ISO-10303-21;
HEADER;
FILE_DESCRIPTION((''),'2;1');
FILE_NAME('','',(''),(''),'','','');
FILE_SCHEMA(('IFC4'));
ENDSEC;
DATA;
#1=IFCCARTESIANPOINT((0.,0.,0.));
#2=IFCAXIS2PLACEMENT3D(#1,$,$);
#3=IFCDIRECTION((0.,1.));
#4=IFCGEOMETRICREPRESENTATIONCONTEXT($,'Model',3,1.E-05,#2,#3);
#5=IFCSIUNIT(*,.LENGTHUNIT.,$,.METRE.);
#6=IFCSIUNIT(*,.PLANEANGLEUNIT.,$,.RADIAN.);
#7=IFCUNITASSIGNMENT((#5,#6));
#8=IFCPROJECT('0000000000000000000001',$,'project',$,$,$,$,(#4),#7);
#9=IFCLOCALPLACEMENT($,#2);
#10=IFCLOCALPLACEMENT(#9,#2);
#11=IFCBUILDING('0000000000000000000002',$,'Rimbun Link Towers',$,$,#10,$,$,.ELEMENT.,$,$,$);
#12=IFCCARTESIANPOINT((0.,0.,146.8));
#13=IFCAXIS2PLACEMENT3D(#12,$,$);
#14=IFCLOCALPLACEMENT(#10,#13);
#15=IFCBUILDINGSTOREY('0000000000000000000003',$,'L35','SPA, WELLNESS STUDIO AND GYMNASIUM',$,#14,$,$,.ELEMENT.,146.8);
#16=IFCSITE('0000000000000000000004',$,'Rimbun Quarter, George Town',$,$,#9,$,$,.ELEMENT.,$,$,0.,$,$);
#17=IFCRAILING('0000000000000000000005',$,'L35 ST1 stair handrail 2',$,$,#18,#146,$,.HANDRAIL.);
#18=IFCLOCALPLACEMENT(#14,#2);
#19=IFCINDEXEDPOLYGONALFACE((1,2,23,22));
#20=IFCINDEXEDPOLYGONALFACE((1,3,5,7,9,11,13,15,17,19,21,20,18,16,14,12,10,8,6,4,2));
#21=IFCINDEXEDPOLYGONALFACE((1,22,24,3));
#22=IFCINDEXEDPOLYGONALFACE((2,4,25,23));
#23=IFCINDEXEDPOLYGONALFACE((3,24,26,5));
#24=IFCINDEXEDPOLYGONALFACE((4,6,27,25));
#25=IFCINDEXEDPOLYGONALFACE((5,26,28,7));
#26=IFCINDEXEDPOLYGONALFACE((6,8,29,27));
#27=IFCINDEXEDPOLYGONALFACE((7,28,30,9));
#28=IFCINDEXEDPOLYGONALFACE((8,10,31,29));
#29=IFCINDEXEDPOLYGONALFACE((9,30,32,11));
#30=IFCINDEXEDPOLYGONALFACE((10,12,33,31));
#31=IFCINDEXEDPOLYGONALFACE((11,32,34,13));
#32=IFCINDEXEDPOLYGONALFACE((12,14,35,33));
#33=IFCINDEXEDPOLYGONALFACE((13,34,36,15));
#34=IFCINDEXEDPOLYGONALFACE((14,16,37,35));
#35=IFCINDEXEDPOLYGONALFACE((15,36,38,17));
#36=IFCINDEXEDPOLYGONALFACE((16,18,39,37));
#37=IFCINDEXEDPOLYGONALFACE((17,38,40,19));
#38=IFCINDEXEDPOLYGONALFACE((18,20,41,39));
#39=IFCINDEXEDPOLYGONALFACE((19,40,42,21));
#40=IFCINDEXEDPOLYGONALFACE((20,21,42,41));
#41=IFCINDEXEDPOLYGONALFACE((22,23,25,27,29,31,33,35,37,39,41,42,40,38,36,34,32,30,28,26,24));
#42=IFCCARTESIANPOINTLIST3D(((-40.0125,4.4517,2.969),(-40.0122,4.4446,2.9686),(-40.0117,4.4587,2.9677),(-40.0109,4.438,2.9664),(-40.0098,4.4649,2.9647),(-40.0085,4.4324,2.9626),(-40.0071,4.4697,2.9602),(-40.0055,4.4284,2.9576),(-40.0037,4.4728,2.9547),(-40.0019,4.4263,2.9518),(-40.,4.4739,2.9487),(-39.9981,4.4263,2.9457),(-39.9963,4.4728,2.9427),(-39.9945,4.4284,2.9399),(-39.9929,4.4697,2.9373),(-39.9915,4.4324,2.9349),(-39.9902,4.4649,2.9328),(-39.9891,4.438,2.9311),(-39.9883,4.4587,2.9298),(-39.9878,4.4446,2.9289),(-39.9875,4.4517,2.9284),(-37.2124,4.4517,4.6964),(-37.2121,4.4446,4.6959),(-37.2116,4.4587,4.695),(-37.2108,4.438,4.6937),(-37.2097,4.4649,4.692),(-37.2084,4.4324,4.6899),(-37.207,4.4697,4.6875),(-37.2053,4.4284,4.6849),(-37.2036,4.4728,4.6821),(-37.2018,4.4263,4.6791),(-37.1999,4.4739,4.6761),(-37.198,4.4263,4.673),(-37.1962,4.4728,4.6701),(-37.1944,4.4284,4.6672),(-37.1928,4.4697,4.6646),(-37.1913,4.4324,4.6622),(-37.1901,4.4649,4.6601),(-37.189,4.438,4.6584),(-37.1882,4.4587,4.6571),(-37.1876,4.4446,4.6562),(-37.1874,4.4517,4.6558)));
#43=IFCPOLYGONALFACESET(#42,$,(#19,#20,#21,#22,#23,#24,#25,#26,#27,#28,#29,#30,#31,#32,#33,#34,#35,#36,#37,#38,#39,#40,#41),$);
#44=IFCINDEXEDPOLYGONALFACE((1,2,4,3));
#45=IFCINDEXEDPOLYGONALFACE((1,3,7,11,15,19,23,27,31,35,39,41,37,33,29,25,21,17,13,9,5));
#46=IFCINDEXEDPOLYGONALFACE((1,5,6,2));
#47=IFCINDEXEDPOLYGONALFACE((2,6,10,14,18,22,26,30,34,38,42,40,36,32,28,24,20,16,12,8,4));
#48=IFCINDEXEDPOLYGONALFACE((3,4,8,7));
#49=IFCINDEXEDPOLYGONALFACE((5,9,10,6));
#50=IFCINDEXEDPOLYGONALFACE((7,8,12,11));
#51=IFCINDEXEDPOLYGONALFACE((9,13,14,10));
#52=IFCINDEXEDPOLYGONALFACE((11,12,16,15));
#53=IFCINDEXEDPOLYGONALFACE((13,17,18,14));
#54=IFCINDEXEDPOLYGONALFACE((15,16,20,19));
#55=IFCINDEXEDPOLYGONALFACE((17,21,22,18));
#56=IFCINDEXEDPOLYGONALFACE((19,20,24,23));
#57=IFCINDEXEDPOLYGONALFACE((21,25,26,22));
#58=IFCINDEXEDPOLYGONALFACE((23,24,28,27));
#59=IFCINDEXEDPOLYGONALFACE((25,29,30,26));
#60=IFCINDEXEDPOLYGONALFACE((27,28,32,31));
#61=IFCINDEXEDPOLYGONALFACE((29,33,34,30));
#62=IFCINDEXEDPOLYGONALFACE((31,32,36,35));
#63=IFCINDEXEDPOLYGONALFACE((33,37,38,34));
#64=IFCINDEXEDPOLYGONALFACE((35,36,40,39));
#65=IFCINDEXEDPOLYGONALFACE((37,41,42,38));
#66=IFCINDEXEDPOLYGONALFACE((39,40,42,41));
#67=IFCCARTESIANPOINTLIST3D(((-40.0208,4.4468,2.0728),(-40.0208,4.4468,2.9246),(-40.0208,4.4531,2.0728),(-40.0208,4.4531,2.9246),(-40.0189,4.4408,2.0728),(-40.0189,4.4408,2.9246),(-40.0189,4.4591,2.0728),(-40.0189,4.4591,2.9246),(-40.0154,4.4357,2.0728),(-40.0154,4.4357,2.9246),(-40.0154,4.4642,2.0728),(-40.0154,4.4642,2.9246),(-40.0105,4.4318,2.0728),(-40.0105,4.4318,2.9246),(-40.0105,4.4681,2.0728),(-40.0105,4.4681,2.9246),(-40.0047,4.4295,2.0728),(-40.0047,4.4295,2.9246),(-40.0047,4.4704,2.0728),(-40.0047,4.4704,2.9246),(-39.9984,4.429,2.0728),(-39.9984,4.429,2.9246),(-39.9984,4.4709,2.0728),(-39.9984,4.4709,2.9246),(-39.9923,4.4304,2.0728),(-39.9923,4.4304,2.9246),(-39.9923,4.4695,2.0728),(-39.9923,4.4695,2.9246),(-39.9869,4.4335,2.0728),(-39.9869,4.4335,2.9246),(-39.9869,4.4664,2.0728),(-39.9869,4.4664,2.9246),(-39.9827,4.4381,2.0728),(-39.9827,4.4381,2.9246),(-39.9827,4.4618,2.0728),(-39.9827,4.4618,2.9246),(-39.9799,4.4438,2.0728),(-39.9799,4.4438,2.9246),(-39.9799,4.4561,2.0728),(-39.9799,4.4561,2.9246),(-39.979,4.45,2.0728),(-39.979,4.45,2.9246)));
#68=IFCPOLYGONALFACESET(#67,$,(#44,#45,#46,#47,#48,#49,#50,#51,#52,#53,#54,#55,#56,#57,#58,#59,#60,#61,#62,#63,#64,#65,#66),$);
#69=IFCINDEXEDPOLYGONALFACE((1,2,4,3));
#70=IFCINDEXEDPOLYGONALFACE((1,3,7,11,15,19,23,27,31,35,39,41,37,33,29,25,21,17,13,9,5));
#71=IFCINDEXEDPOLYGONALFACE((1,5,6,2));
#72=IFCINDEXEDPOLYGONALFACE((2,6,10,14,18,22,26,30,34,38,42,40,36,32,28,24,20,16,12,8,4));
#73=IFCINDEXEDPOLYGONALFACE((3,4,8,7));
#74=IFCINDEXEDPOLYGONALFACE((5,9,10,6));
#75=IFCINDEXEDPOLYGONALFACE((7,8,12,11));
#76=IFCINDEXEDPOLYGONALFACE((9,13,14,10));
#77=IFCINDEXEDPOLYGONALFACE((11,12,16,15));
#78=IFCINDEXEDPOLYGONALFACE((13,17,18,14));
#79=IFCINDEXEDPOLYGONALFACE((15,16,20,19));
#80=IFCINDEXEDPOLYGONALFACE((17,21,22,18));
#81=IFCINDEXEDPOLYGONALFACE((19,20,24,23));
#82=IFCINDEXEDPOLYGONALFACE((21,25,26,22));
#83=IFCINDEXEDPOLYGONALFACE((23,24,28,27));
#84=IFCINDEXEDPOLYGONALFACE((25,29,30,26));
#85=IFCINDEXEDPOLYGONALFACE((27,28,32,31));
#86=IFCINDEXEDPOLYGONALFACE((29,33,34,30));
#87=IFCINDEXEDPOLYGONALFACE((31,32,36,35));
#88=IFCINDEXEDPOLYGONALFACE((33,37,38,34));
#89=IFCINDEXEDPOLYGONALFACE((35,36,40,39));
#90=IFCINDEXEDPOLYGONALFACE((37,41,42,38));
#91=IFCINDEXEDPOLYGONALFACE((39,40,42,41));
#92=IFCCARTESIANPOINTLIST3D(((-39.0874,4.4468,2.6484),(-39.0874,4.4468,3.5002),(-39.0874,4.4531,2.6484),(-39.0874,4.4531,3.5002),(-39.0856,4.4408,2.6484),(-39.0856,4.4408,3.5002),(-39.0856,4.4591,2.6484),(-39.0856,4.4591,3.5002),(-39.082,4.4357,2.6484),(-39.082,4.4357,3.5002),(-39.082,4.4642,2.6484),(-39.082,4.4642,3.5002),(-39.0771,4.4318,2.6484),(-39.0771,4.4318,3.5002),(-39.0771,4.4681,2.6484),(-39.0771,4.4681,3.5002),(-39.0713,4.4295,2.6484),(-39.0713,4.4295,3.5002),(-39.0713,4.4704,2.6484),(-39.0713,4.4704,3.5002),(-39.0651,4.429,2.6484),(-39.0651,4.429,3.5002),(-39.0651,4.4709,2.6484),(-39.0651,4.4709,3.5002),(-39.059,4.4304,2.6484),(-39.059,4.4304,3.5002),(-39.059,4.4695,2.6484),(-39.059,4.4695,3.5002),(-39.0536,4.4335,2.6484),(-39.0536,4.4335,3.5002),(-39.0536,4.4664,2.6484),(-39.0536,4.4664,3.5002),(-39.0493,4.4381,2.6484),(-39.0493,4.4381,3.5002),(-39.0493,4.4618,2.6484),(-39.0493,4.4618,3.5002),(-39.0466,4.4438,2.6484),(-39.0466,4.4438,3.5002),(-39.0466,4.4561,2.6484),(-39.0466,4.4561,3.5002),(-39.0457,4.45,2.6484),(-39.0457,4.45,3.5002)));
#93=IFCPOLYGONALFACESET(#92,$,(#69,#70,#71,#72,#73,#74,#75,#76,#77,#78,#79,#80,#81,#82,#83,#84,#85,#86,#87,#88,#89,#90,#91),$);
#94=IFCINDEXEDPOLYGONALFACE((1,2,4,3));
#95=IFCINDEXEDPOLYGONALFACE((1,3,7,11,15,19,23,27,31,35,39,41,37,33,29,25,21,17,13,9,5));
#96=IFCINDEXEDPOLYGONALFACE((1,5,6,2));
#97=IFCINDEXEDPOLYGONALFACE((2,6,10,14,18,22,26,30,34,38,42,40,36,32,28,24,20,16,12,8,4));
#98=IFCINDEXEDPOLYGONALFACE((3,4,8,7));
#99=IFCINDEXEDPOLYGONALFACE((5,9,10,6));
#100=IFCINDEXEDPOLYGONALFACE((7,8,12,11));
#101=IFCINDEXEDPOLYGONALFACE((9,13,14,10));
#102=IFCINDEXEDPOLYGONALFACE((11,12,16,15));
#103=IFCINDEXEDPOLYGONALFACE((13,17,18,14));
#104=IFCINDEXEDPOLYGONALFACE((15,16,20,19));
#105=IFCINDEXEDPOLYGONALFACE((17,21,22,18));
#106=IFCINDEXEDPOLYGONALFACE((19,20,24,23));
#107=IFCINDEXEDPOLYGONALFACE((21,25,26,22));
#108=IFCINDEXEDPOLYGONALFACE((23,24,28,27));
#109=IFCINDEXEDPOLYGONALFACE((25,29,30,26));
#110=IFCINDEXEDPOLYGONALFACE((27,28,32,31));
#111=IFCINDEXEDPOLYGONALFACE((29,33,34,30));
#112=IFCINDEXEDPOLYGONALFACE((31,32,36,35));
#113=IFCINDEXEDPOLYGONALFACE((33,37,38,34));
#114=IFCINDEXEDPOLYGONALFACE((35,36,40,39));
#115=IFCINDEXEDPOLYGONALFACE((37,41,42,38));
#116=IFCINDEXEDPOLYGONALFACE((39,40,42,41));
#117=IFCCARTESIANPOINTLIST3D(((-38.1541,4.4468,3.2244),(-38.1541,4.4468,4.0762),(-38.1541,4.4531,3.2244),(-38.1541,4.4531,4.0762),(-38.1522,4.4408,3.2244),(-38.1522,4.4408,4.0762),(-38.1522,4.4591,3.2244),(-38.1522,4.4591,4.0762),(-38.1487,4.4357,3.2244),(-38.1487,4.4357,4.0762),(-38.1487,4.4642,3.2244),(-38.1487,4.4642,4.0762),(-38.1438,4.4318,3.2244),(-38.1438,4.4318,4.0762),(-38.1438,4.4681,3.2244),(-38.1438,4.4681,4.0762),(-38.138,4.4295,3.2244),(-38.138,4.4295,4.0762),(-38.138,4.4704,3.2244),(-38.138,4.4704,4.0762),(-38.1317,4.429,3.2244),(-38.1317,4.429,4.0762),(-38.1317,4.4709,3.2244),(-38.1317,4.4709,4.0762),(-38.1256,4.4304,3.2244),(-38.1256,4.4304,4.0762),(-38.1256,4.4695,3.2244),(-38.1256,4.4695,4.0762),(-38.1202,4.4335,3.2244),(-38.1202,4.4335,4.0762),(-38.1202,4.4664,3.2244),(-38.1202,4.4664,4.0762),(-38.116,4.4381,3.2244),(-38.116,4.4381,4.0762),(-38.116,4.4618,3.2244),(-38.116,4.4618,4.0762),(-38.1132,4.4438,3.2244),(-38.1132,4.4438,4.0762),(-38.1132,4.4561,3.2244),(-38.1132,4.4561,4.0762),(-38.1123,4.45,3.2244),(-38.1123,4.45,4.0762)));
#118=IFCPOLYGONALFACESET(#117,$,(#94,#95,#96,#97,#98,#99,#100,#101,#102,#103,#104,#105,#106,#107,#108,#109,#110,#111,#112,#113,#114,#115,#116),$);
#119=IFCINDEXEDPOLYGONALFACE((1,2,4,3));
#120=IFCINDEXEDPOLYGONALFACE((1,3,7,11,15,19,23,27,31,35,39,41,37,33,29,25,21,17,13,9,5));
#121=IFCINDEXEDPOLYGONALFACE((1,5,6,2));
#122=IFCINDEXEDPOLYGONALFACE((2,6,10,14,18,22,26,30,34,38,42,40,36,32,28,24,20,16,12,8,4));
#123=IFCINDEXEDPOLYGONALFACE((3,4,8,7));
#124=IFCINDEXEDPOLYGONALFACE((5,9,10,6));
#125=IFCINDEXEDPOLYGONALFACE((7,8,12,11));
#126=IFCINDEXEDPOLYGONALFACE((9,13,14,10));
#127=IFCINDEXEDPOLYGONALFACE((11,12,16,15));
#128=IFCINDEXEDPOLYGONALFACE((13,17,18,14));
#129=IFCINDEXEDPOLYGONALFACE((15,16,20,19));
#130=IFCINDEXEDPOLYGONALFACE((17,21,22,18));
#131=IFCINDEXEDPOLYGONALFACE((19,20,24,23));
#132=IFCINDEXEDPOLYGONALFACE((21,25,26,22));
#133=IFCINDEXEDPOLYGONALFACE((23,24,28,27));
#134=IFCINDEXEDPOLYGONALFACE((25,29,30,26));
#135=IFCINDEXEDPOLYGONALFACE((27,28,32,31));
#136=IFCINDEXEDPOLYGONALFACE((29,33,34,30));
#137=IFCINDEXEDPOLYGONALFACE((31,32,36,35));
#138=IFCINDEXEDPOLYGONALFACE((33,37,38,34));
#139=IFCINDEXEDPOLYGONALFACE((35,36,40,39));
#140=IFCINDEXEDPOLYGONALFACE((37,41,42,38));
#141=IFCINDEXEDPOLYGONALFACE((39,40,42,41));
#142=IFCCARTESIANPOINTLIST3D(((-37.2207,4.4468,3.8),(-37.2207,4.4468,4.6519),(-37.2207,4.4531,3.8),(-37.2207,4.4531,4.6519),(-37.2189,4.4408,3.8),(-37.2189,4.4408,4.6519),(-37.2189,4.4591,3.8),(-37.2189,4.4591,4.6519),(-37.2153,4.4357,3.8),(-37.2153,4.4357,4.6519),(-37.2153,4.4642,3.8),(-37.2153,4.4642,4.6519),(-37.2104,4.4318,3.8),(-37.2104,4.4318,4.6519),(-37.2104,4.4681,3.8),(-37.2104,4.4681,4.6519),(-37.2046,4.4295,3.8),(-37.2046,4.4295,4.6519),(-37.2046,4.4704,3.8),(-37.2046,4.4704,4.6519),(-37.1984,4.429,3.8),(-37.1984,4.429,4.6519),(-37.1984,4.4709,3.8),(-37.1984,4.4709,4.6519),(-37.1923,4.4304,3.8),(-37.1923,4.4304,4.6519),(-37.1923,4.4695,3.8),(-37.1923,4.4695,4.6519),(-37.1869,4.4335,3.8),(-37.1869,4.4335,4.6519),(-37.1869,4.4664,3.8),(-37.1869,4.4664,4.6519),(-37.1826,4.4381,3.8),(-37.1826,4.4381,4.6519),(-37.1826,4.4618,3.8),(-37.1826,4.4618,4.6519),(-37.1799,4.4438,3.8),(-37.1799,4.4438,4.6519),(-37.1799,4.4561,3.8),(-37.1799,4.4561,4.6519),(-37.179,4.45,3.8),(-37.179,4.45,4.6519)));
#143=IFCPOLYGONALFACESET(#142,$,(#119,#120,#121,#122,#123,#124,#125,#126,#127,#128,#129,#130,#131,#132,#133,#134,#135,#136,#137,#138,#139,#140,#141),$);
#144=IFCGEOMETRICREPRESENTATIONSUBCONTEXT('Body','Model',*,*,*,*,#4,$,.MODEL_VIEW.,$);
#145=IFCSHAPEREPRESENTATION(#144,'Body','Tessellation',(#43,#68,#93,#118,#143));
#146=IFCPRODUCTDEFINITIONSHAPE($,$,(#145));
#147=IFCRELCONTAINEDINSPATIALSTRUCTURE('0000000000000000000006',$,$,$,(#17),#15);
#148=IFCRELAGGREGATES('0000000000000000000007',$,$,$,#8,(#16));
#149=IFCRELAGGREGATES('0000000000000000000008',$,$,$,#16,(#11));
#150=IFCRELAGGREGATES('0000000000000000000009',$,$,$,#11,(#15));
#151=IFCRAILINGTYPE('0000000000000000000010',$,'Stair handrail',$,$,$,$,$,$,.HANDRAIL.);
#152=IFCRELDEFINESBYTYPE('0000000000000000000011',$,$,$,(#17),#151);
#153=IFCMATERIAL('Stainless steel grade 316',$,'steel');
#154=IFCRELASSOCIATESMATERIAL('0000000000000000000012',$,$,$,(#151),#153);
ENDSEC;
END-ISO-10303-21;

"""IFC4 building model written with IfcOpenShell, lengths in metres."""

from ifc_helpers import new_model, si_unit, direction, frame, origin, origin_2d, place, context, subcontext, project, spatial, circle, extrude, material, type_object, element, save


model = new_model("IFC4")

# Units and contexts
model_context = context("Model", 3, precision=1e-05, world=origin(), true_north=direction((0.0, 1.0)))
body_context = subcontext(model_context, "Body", "Model", "MODEL_VIEW")
ifc_project = project(units=[si_unit("LENGTHUNIT", "METRE"), si_unit("PLANEANGLEUNIT", "RADIAN")], contexts=[model_context])

# Site, building, storey
site_placement = place(None, origin())
site = spatial("IfcSite", under=ifc_project, at=site_placement, Name="Rimbun Quarter, George Town", CompositionType="ELEMENT", RefElevation=0.0)
building_placement = place(site_placement, origin())
building = spatial("IfcBuilding", under=site, at=building_placement, Name="Rimbun Link Towers", CompositionType="ELEMENT")
storey_placement = place(building_placement, frame((0.0, 0.0, 146.8)))
storey = spatial("IfcBuildingStorey", under=building, at=storey_placement, Name="L35", Description="SPA, WELLNESS STUDIO AND GYMNASIUM", CompositionType="ELEMENT", Elevation=146.8)

# Railing
ifc_material_1 = material(Name="Stainless steel grade 316", Category="steel")
railing_type_1 = type_object("IfcRailingType", Name="Stair handrail", PredefinedType="HANDRAIL", material=ifc_material_1)
railing_1_placement = place(storey_placement, frame((-40.0, 4.45, 2.0728)))
element("IfcRailing", 1, at=railing_1_placement, inside=storey, type_object=railing_type_1, Name="L35 ST1 stair handrail 2", PredefinedType="HANDRAIL", context=body_context, shape_type="SweptSolid", body=[
    extrude(circle(Radius=0.0239, at=origin_2d()), frame((0.0, 0.0, 0.876), z_axis=(0.85109, 0.0, 0.52502), x_axis=(0.0, 1.0, 0.0)), (0.0, 0.0, 1.0), 3.29),
    extrude(circle(Radius=0.021, at=origin_2d()), origin(), (0.0, 0.0, 1.0), 0.8518),
    extrude(circle(Radius=0.021, at=origin_2d()), frame((0.9333, 0.0, 0.5757)), (0.0, 0.0, 1.0), 0.8518),
    extrude(circle(Radius=0.021, at=origin_2d()), frame((1.8667, 0.0, 1.1516)), (0.0, 0.0, 1.0), 0.8518),
    extrude(circle(Radius=0.021, at=origin_2d()), frame((2.8, 0.0, 1.7273)), (0.0, 0.0, 1.0), 0.8518),
])

save(model, "model.ifc")
